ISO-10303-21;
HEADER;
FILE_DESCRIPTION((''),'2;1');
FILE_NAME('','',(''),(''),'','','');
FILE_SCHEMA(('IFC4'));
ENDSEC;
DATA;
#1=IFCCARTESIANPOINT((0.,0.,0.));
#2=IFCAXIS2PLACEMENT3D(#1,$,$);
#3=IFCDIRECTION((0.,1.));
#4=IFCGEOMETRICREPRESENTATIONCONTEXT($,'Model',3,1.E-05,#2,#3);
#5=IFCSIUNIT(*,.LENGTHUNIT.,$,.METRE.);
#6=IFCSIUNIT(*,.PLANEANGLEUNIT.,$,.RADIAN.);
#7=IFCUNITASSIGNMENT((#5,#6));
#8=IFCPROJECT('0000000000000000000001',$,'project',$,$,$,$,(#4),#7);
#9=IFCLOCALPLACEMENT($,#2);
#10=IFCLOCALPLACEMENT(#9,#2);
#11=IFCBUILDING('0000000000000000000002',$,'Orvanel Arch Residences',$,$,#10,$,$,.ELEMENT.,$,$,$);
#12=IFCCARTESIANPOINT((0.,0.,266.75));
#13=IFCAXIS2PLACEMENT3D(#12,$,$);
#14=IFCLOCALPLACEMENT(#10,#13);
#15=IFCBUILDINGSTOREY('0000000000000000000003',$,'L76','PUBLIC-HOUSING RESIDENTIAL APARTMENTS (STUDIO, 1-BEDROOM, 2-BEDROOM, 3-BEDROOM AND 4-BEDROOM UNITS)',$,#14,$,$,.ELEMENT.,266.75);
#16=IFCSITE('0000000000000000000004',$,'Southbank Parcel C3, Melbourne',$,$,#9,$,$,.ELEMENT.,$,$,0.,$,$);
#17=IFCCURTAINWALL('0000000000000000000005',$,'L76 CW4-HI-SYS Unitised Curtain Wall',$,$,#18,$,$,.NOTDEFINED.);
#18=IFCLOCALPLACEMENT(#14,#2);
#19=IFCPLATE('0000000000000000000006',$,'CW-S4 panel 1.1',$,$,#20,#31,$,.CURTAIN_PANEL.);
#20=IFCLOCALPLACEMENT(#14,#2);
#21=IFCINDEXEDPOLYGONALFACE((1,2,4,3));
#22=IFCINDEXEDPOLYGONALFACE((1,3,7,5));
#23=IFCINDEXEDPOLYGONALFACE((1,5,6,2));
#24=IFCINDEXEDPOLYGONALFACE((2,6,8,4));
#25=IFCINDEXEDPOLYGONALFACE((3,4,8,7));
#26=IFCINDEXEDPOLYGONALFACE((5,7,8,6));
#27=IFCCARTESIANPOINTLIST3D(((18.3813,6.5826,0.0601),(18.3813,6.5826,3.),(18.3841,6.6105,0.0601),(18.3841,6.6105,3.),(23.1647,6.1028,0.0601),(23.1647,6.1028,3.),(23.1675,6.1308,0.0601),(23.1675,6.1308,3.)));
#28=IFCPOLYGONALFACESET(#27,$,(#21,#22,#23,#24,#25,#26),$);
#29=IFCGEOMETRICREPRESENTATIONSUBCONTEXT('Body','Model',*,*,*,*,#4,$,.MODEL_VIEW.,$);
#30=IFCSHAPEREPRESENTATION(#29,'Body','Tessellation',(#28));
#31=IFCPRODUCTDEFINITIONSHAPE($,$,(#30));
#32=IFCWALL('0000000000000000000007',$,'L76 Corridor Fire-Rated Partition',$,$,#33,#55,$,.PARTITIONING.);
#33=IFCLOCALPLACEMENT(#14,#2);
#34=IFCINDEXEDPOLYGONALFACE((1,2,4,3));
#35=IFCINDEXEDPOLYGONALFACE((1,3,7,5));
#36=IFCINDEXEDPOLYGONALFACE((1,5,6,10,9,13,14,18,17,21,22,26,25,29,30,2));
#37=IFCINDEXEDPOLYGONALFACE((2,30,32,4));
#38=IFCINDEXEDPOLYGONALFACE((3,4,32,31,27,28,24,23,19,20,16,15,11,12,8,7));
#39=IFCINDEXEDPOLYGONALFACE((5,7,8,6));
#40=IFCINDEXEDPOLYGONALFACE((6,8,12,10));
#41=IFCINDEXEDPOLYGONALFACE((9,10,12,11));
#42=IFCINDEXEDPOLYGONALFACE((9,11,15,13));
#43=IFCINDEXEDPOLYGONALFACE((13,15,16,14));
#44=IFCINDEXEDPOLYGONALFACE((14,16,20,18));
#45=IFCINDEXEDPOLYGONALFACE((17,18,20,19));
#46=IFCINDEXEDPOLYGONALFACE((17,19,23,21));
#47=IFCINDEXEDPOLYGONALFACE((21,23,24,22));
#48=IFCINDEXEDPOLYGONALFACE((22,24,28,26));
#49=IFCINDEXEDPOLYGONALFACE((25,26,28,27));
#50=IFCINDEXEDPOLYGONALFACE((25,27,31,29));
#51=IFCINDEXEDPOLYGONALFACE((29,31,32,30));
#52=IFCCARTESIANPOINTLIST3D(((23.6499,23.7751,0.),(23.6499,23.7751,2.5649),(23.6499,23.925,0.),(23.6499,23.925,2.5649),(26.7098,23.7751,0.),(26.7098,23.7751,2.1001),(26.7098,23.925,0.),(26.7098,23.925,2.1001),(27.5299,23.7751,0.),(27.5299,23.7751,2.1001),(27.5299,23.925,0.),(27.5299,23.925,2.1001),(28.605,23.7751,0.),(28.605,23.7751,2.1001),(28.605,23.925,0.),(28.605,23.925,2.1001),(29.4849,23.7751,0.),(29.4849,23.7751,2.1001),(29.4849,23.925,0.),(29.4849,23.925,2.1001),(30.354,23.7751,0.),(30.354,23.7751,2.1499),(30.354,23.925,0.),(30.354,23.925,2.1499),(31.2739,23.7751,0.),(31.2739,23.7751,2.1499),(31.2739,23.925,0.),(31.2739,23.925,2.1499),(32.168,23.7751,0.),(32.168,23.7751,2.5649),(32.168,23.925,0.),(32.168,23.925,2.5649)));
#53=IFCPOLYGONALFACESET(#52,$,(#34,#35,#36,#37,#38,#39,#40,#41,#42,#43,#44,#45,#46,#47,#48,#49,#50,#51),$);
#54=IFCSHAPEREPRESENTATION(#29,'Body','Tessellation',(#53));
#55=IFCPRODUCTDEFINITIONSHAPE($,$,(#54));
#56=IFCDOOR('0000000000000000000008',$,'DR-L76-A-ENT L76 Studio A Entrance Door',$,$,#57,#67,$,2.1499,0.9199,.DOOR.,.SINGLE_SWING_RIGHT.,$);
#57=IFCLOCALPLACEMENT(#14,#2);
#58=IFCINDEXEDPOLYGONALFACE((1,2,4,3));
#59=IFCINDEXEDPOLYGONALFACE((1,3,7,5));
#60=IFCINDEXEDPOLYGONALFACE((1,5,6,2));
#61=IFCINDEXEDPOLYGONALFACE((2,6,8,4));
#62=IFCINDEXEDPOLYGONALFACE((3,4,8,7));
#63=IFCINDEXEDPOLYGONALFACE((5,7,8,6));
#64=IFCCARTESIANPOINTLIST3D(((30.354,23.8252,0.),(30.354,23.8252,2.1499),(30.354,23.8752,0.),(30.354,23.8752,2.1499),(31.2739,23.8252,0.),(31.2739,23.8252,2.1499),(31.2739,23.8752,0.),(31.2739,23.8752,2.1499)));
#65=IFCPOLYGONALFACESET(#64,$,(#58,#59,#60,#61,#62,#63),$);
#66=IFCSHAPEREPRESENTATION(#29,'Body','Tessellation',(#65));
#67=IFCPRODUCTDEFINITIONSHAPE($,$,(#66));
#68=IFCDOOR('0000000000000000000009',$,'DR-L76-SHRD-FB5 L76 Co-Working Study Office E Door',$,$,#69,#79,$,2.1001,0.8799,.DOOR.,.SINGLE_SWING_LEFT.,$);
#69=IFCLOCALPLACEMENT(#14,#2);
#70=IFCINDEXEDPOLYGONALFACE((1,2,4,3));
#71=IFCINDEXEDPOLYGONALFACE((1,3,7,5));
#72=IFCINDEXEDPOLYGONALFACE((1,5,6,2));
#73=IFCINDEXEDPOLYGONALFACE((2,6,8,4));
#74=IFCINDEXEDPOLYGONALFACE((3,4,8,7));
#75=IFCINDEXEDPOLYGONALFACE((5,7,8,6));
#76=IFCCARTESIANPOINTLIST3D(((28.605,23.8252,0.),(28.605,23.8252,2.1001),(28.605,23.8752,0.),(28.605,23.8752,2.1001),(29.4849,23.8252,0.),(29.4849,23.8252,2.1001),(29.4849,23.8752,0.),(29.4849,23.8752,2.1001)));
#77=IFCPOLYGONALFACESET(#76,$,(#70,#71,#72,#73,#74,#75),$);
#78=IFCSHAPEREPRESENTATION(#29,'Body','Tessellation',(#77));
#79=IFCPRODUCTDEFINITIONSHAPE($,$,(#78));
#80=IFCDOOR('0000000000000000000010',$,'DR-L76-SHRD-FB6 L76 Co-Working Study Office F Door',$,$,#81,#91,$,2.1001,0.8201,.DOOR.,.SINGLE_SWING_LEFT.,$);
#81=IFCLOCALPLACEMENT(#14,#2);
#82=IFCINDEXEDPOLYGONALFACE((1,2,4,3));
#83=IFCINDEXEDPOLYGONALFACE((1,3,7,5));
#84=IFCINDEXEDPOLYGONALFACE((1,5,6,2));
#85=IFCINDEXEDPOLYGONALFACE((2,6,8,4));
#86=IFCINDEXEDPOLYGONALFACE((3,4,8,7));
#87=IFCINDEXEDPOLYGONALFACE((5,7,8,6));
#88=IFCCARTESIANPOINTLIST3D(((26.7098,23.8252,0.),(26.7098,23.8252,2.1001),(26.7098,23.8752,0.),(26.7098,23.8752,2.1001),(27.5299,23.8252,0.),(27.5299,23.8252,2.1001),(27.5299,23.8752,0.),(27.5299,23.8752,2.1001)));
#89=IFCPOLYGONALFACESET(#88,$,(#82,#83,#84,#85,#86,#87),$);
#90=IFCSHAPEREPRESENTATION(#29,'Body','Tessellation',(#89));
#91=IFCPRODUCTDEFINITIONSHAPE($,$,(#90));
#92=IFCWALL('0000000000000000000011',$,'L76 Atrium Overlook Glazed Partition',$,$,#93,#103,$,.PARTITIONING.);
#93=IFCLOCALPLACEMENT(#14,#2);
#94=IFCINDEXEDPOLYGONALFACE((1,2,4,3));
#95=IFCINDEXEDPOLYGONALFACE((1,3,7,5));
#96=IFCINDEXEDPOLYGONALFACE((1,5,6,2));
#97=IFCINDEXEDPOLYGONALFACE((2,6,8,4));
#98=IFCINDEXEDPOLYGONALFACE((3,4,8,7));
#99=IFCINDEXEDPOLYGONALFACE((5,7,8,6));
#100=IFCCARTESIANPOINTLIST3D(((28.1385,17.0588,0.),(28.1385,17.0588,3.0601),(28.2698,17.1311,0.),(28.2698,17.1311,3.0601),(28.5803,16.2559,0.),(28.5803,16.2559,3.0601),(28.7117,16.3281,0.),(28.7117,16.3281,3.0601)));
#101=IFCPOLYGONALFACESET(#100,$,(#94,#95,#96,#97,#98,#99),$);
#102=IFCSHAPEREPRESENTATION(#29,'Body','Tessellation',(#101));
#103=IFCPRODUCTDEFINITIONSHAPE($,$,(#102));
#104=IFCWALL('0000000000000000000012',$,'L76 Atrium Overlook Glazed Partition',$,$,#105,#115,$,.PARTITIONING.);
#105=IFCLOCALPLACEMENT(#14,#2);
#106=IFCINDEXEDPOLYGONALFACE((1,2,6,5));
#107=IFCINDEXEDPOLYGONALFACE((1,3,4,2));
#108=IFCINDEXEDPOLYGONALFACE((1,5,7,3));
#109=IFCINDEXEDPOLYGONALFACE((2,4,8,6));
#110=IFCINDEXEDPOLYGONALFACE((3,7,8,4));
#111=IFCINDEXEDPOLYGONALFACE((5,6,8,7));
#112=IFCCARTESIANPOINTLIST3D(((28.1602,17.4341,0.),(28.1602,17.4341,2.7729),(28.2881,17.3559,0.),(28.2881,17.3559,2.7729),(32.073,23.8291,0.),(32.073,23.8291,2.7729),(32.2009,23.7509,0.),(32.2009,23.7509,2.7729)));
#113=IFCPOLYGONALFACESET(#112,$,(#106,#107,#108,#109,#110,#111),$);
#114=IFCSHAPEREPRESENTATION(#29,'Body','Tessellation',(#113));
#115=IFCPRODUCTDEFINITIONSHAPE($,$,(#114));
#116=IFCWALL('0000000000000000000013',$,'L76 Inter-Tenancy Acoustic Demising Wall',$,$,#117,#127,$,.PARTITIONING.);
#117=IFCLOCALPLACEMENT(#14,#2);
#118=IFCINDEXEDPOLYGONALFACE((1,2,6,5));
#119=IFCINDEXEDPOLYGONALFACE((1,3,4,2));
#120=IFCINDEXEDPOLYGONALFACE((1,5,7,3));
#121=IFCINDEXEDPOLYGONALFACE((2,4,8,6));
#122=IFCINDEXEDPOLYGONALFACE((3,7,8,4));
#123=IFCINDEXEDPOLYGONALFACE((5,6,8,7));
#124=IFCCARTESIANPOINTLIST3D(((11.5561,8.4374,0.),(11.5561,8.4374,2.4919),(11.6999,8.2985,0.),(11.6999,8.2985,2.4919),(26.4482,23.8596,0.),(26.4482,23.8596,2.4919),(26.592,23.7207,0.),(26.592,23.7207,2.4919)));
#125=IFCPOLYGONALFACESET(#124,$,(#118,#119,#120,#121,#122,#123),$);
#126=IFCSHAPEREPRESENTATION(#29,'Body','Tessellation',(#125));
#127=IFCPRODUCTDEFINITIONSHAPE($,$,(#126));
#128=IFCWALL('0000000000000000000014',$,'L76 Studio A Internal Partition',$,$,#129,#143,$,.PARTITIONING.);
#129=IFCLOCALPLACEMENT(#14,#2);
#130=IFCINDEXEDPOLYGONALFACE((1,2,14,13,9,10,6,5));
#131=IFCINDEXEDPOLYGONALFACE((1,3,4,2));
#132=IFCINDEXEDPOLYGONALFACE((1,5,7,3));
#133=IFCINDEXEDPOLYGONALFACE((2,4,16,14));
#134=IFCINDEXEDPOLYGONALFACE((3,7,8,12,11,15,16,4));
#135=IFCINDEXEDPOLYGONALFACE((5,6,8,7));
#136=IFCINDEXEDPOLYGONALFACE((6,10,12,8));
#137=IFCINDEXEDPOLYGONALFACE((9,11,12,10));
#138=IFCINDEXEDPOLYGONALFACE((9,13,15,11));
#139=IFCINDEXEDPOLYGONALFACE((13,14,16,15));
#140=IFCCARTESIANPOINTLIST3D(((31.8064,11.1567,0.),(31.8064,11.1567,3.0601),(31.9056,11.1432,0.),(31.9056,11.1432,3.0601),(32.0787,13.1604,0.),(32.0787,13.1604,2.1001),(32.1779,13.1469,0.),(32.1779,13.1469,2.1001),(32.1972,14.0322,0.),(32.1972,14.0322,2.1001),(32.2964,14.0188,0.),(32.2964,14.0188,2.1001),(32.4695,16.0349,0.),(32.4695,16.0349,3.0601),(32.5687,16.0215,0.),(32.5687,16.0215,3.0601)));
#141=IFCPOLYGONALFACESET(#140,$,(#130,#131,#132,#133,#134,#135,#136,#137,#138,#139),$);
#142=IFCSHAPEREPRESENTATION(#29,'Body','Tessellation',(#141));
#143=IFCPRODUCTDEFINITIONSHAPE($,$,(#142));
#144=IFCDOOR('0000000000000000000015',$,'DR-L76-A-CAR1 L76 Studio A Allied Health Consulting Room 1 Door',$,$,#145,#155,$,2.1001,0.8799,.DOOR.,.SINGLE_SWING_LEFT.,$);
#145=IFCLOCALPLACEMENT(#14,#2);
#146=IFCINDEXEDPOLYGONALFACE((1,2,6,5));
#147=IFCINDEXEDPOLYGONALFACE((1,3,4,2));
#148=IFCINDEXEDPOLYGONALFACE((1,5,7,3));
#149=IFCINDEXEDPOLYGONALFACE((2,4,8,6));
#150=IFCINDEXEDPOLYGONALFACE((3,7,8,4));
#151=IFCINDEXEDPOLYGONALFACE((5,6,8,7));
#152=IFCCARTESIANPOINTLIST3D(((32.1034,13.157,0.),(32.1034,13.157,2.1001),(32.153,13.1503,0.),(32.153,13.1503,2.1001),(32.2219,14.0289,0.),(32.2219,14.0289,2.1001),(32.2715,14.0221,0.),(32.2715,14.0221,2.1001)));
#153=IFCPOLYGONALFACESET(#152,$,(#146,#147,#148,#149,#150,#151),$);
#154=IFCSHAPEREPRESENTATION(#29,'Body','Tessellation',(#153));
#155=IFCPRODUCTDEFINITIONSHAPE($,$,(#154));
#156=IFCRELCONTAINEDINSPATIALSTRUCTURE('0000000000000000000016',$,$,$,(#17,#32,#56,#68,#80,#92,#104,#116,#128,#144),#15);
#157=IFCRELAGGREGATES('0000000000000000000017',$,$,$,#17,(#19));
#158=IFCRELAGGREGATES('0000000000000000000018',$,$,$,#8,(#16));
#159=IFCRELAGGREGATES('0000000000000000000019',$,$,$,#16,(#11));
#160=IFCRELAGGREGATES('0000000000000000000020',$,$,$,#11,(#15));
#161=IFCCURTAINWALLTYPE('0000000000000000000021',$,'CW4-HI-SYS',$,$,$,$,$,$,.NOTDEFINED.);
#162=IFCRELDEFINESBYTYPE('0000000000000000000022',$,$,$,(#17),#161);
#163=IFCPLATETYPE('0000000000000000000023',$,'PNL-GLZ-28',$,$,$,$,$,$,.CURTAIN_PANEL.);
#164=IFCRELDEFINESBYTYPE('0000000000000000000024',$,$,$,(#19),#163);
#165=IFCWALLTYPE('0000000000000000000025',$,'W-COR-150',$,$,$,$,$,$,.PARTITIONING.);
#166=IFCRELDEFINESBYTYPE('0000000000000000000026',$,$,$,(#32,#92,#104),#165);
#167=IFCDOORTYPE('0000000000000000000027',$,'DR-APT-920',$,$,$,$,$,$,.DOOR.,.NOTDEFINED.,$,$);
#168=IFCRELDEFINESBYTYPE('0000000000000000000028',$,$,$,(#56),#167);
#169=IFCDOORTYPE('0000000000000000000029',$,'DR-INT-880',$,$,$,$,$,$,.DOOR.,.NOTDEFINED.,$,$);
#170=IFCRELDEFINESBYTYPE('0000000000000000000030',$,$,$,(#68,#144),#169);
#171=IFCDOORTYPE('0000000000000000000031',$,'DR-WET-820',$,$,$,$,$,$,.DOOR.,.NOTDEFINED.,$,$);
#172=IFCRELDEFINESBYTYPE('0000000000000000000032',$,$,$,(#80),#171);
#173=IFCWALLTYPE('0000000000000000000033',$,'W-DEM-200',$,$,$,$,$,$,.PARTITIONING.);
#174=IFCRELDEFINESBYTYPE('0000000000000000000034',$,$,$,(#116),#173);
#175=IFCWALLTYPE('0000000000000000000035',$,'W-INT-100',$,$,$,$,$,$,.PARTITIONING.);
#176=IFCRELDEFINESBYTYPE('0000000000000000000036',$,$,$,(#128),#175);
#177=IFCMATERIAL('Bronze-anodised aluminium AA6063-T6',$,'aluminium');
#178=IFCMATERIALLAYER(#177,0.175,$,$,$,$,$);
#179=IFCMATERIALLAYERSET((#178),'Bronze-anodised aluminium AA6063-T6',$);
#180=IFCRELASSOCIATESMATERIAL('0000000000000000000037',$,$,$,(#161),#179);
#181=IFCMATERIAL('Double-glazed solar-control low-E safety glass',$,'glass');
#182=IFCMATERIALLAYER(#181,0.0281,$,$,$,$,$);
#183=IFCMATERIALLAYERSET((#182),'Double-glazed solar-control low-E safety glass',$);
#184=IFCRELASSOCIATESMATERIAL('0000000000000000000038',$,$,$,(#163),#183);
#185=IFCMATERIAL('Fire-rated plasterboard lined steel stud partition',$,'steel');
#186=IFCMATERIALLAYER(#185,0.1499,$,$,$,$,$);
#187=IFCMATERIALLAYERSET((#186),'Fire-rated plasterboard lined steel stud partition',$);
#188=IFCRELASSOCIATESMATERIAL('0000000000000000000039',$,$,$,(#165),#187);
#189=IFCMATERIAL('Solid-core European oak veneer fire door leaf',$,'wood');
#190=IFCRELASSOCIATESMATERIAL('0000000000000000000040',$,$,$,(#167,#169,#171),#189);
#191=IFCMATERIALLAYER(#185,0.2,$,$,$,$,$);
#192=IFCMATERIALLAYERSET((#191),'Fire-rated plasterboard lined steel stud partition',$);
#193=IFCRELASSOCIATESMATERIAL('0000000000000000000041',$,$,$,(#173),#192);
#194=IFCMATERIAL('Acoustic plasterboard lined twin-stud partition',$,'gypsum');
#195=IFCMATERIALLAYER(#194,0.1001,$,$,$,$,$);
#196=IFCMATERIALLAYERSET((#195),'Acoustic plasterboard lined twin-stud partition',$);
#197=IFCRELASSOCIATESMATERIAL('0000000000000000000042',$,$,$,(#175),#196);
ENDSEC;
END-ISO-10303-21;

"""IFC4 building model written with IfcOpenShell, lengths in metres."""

from ifc_helpers import new_model, si_unit, direction, frame, frame_2d, origin, origin_2d, place, context, subcontext, project, spatial, rectangle, extrude, material, layer, layer_set, type_object, element, fill, aggregate, save


model = new_model("IFC4")

# Units and contexts
model_context = context("Model", 3, precision=1e-05, world=origin(), true_north=direction((0.0, 1.0)))
body_context = subcontext(model_context, "Body", "Model", "MODEL_VIEW")
ifc_project = project(units=[si_unit("LENGTHUNIT", "METRE"), si_unit("PLANEANGLEUNIT", "RADIAN")], contexts=[model_context])

# Site, building, storey
site_placement = place(None, origin())
site = spatial("IfcSite", under=ifc_project, at=site_placement, Name="Southbank Parcel C3, Melbourne", CompositionType="ELEMENT", RefElevation=0.0)
building_placement = place(site_placement, origin())
building = spatial("IfcBuilding", under=site, at=building_placement, Name="Orvanel Arch Residences", CompositionType="ELEMENT")
storey_placement = place(building_placement, frame((0.0, 0.0, 266.75)))
storey = spatial("IfcBuildingStorey", under=building, at=storey_placement, Name="L76", Description="PUBLIC-HOUSING RESIDENTIAL APARTMENTS (STUDIO, 1-BEDROOM, 2-BEDROOM, 3-BEDROOM AND 4-BEDROOM UNITS)", CompositionType="ELEMENT", Elevation=266.75)

# Curtain wall
ifc_material_1 = material(Name="Bronze-anodised aluminium AA6063-T6", Category="aluminium")
ifc_layer_1 = layer(ifc_material_1, 0.175)
ifc_layer_set_1 = layer_set([ifc_layer_1], Name="Bronze-anodised aluminium AA6063-T6")
curtain_wall_type_1 = type_object("IfcCurtainWallType", Name="CW4-HI-SYS", PredefinedType="NOTDEFINED", material=ifc_layer_set_1)
curtain_wall_1_placement = place(storey_placement, origin())
curtain_wall_1 = element("IfcCurtainWall", 1, at=curtain_wall_1_placement, inside=storey, type_object=curtain_wall_type_1, Name="L76 CW4-HI-SYS Unitised Curtain Wall", PredefinedType="NOTDEFINED")

# Plate
ifc_material_2 = material(Name="Double-glazed solar-control low-E safety glass", Category="glass")
ifc_layer_2 = layer(ifc_material_2, 0.0281)
ifc_layer_set_2 = layer_set([ifc_layer_2], Name="Double-glazed solar-control low-E safety glass")
plate_type = type_object("IfcPlateType", Name="PNL-GLZ-28", PredefinedType="CURTAIN_PANEL", material=ifc_layer_set_2)
plate_placement = place(storey_placement, frame((20.7744, 6.3567, 0.0601), z_axis=(0.0, 0.0, 1.0), x_axis=(0.995008, -0.099796, 0.0)))
plate = element("IfcPlate", 2, at=plate_placement, type_object=plate_type, Name="CW-S4 panel 1.1", PredefinedType="CURTAIN_PANEL", context=body_context, shape_type="SweptSolid", body=[
    extrude(rectangle(XDim=4.8074, YDim=0.0281, at=origin_2d()), origin(), (0.0, 0.0, 1.0), 2.9399),
])
aggregate(curtain_wall_1, [plate])

# Wall, openings, doors
ifc_material_3 = material(Name="Fire-rated plasterboard lined steel stud partition", Category="steel")
ifc_layer_3 = layer(ifc_material_3, 0.1499)
ifc_layer_set_3 = layer_set([ifc_layer_3], Name="Fire-rated plasterboard lined steel stud partition")
wall_type_1 = type_object("IfcWallType", Name="W-COR-150", PredefinedType="PARTITIONING", material=ifc_layer_set_3)
wall_1_placement = place(storey_placement, frame((32.168, 23.8501, 0.0), z_axis=(0.0, 0.0, 1.0), x_axis=(-1.0, 0.0, 0.0)))
wall_1 = element("IfcWall", 3, at=wall_1_placement, inside=storey, type_object=wall_type_1, Name="L76 Corridor Fire-Rated Partition", PredefinedType="PARTITIONING", context=body_context, shape_type="SweptSolid", body=[
    extrude(rectangle(XDim=8.5181, YDim=0.1499, at=frame_2d((4.259, 0.0))), origin(), (0.0, 0.0, 1.0), 2.5649),
])
opening_1_placement = place(wall_1_placement, frame((0.894, 0.0, 0.0)))
opening_1 = element("IfcOpeningElement", 4, at=opening_1_placement, cuts=wall_1, PredefinedType="OPENING", context=body_context, shape_type="SweptSolid", body=[
    extrude(rectangle(XDim=0.9199, YDim=2.1499, at=frame_2d((0.46, 1.075))), frame((0.0, 0.085, 0.0), z_axis=(0.0, -1.0, 0.0), x_axis=(1.0, 0.0, 0.0)), (0.0, 0.0, 1.0), 0.1699),
])
opening_2_placement = place(wall_1_placement, frame((2.6831, 0.0, 0.0)))
opening_2 = element("IfcOpeningElement", 5, at=opening_2_placement, cuts=wall_1, PredefinedType="OPENING", context=body_context, shape_type="SweptSolid", body=[
    extrude(rectangle(XDim=0.8799, YDim=2.1001, at=frame_2d((0.4399, 1.05))), frame((0.0, 0.085, 0.0), z_axis=(0.0, -1.0, 0.0), x_axis=(1.0, 0.0, 0.0)), (0.0, 0.0, 1.0), 0.1699),
])
opening_3_placement = place(wall_1_placement, frame((4.6379, 0.0, 0.0)))
opening_3 = element("IfcOpeningElement", 6, at=opening_3_placement, cuts=wall_1, PredefinedType="OPENING", context=body_context, shape_type="SweptSolid", body=[
    extrude(rectangle(XDim=0.8201, YDim=2.1001, at=frame_2d((0.4102, 1.05))), frame((0.0, 0.085, 0.0), z_axis=(0.0, -1.0, 0.0), x_axis=(1.0, 0.0, 0.0)), (0.0, 0.0, 1.0), 0.1699),
])
ifc_material_4 = material(Name="Solid-core European oak veneer fire door leaf", Category="wood")
door_type_1 = type_object("IfcDoorType", Name="DR-APT-920", OperationType="NOTDEFINED", PredefinedType="DOOR", material=ifc_material_4)
door_1_placement = place(opening_1_placement, origin())
door_1 = element("IfcDoor", 7, at=door_1_placement, inside=storey, type_object=door_type_1, Name="DR-L76-A-ENT L76 Studio A Entrance Door", OperationType="SINGLE_SWING_RIGHT", OverallHeight=2.1499, OverallWidth=0.9199, PredefinedType="DOOR", context=body_context, shape_type="SweptSolid", body=[
    extrude(rectangle(XDim=0.9199, YDim=2.1499, at=frame_2d((0.46, 1.075))), frame((0.0, 0.0249, 0.0), z_axis=(0.0, -1.0, 0.0), x_axis=(1.0, 0.0, 0.0)), (0.0, 0.0, 1.0), 0.05),
])
fill(opening_1, door_1)
door_type_2 = type_object("IfcDoorType", Name="DR-INT-880", OperationType="NOTDEFINED", PredefinedType="DOOR", material=ifc_material_4)
door_2_placement = place(opening_2_placement, origin())
door_2 = element("IfcDoor", 8, at=door_2_placement, inside=storey, type_object=door_type_2, Name="DR-L76-SHRD-FB5 L76 Co-Working Study Office E Door", OperationType="SINGLE_SWING_LEFT", OverallHeight=2.1001, OverallWidth=0.8799, PredefinedType="DOOR", context=body_context, shape_type="SweptSolid", body=[
    extrude(rectangle(XDim=0.8799, YDim=2.1001, at=frame_2d((0.4399, 1.05))), frame((0.0, 0.0249, 0.0), z_axis=(0.0, -1.0, 0.0), x_axis=(1.0, 0.0, 0.0)), (0.0, 0.0, 1.0), 0.05),
])
fill(opening_2, door_2)
door_type_3 = type_object("IfcDoorType", Name="DR-WET-820", OperationType="NOTDEFINED", PredefinedType="DOOR", material=ifc_material_4)
door_3_placement = place(opening_3_placement, origin())
door_3 = element("IfcDoor", 9, at=door_3_placement, inside=storey, type_object=door_type_3, Name="DR-L76-SHRD-FB6 L76 Co-Working Study Office F Door", OperationType="SINGLE_SWING_LEFT", OverallHeight=2.1001, OverallWidth=0.8201, PredefinedType="DOOR", context=body_context, shape_type="SweptSolid", body=[
    extrude(rectangle(XDim=0.8201, YDim=2.1001, at=frame_2d((0.4102, 1.05))), frame((0.0, 0.0249, 0.0), z_axis=(0.0, -1.0, 0.0), x_axis=(1.0, 0.0, 0.0)), (0.0, 0.0, 1.0), 0.05),
])
fill(opening_3, door_3)

# Walls
wall_2_placement = place(storey_placement, frame((28.646, 16.292, 0.0), z_axis=(0.0, 0.0, 1.0), x_axis=(-0.482133, 0.876098, 0.0)))
element("IfcWall", 10, at=wall_2_placement, inside=storey, type_object=wall_type_1, Name="L76 Atrium Overlook Glazed Partition", PredefinedType="PARTITIONING", context=body_context, shape_type="SweptSolid", body=[
    extrude(rectangle(XDim=0.9165, YDim=0.1499, at=frame_2d((0.4583, 0.0))), origin(), (0.0, 0.0, 1.0), 3.0601),
])
wall_3_placement = place(storey_placement, frame((28.2241, 17.395, 0.0), z_axis=(0.0, 0.0, 1.0), x_axis=(0.521914, 0.852998, 0.0)))
element("IfcWall", 11, at=wall_3_placement, inside=storey, type_object=wall_type_1, Name="L76 Atrium Overlook Glazed Partition", PredefinedType="PARTITIONING", context=body_context, shape_type="SweptSolid", body=[
    extrude(rectangle(XDim=7.4971, YDim=0.1499, at=frame_2d((3.7485, 0.0))), origin(), (0.0, 0.0, 1.0), 2.7729),
])
ifc_layer_4 = layer(ifc_material_3, 0.2)
ifc_layer_set_4 = layer_set([ifc_layer_4], Name="Fire-rated plasterboard lined steel stud partition")
wall_type_2 = type_object("IfcWallType", Name="W-DEM-200", PredefinedType="PARTITIONING", material=ifc_layer_set_4)
wall_4_placement = place(storey_placement, frame((26.52, 23.79, 0.0), z_axis=(0.0, 0.0, 1.0), x_axis=(-0.694637, -0.71936, 0.0)))
element("IfcWall", 12, at=wall_4_placement, inside=storey, type_object=wall_type_2, Name="L76 Inter-Tenancy Acoustic Demising Wall", PredefinedType="PARTITIONING", context=body_context, shape_type="SweptSolid", body=[
    extrude(rectangle(XDim=21.4387, YDim=0.2, at=frame_2d((10.7192, 0.0))), origin(), (0.0, 0.0, 1.0), 2.4919),
])

# Wall, opening, door
ifc_material_5 = material(Name="Acoustic plasterboard lined twin-stud partition", Category="gypsum")
ifc_layer_5 = layer(ifc_material_5, 0.1001)
ifc_layer_set_5 = layer_set([ifc_layer_5], Name="Acoustic plasterboard lined twin-stud partition")
wall_type_3 = type_object("IfcWallType", Name="W-INT-100", PredefinedType="PARTITIONING", material=ifc_layer_set_5)
wall_5_placement = place(storey_placement, frame((32.519, 16.0281, 0.0), z_axis=(0.0, 0.0, 1.0), x_axis=(-0.134691, -0.990888, 0.0)))
wall_5 = element("IfcWall", 13, at=wall_5_placement, inside=storey, type_object=wall_type_3, Name="L76 Studio A Internal Partition", PredefinedType="PARTITIONING", context=body_context, shape_type="SweptSolid", body=[
    extrude(rectangle(XDim=4.9231, YDim=0.1001, at=frame_2d((2.4614, 0.0))), origin(), (0.0, 0.0, 1.0), 3.0601),
])
opening_4_placement = place(wall_5_placement, frame((2.021, 0.0, 0.0)))
opening_4 = element("IfcOpeningElement", 14, at=opening_4_placement, cuts=wall_5, PredefinedType="OPENING", context=body_context, shape_type="SweptSolid", body=[
    extrude(rectangle(XDim=0.8799, YDim=2.1001, at=frame_2d((0.4399, 1.05))), frame((0.0, 0.0601, 0.0), z_axis=(0.0, -1.0, 0.0), x_axis=(1.0, 0.0, 0.0)), (0.0, 0.0, 1.0), 0.1201),
])
door_4_placement = place(opening_4_placement, origin())
door_4 = element("IfcDoor", 15, at=door_4_placement, inside=storey, type_object=door_type_2, Name="DR-L76-A-CAR1 L76 Studio A Allied Health Consulting Room 1 Door", OperationType="SINGLE_SWING_LEFT", OverallHeight=2.1001, OverallWidth=0.8799, PredefinedType="DOOR", context=body_context, shape_type="SweptSolid", body=[
    extrude(rectangle(XDim=0.8799, YDim=2.1001, at=frame_2d((0.4399, 1.05))), frame((0.0, 0.0249, 0.0), z_axis=(0.0, -1.0, 0.0), x_axis=(1.0, 0.0, 0.0)), (0.0, 0.0, 1.0), 0.05),
])
fill(opening_4, door_4)

save(model, "model.ifc")
